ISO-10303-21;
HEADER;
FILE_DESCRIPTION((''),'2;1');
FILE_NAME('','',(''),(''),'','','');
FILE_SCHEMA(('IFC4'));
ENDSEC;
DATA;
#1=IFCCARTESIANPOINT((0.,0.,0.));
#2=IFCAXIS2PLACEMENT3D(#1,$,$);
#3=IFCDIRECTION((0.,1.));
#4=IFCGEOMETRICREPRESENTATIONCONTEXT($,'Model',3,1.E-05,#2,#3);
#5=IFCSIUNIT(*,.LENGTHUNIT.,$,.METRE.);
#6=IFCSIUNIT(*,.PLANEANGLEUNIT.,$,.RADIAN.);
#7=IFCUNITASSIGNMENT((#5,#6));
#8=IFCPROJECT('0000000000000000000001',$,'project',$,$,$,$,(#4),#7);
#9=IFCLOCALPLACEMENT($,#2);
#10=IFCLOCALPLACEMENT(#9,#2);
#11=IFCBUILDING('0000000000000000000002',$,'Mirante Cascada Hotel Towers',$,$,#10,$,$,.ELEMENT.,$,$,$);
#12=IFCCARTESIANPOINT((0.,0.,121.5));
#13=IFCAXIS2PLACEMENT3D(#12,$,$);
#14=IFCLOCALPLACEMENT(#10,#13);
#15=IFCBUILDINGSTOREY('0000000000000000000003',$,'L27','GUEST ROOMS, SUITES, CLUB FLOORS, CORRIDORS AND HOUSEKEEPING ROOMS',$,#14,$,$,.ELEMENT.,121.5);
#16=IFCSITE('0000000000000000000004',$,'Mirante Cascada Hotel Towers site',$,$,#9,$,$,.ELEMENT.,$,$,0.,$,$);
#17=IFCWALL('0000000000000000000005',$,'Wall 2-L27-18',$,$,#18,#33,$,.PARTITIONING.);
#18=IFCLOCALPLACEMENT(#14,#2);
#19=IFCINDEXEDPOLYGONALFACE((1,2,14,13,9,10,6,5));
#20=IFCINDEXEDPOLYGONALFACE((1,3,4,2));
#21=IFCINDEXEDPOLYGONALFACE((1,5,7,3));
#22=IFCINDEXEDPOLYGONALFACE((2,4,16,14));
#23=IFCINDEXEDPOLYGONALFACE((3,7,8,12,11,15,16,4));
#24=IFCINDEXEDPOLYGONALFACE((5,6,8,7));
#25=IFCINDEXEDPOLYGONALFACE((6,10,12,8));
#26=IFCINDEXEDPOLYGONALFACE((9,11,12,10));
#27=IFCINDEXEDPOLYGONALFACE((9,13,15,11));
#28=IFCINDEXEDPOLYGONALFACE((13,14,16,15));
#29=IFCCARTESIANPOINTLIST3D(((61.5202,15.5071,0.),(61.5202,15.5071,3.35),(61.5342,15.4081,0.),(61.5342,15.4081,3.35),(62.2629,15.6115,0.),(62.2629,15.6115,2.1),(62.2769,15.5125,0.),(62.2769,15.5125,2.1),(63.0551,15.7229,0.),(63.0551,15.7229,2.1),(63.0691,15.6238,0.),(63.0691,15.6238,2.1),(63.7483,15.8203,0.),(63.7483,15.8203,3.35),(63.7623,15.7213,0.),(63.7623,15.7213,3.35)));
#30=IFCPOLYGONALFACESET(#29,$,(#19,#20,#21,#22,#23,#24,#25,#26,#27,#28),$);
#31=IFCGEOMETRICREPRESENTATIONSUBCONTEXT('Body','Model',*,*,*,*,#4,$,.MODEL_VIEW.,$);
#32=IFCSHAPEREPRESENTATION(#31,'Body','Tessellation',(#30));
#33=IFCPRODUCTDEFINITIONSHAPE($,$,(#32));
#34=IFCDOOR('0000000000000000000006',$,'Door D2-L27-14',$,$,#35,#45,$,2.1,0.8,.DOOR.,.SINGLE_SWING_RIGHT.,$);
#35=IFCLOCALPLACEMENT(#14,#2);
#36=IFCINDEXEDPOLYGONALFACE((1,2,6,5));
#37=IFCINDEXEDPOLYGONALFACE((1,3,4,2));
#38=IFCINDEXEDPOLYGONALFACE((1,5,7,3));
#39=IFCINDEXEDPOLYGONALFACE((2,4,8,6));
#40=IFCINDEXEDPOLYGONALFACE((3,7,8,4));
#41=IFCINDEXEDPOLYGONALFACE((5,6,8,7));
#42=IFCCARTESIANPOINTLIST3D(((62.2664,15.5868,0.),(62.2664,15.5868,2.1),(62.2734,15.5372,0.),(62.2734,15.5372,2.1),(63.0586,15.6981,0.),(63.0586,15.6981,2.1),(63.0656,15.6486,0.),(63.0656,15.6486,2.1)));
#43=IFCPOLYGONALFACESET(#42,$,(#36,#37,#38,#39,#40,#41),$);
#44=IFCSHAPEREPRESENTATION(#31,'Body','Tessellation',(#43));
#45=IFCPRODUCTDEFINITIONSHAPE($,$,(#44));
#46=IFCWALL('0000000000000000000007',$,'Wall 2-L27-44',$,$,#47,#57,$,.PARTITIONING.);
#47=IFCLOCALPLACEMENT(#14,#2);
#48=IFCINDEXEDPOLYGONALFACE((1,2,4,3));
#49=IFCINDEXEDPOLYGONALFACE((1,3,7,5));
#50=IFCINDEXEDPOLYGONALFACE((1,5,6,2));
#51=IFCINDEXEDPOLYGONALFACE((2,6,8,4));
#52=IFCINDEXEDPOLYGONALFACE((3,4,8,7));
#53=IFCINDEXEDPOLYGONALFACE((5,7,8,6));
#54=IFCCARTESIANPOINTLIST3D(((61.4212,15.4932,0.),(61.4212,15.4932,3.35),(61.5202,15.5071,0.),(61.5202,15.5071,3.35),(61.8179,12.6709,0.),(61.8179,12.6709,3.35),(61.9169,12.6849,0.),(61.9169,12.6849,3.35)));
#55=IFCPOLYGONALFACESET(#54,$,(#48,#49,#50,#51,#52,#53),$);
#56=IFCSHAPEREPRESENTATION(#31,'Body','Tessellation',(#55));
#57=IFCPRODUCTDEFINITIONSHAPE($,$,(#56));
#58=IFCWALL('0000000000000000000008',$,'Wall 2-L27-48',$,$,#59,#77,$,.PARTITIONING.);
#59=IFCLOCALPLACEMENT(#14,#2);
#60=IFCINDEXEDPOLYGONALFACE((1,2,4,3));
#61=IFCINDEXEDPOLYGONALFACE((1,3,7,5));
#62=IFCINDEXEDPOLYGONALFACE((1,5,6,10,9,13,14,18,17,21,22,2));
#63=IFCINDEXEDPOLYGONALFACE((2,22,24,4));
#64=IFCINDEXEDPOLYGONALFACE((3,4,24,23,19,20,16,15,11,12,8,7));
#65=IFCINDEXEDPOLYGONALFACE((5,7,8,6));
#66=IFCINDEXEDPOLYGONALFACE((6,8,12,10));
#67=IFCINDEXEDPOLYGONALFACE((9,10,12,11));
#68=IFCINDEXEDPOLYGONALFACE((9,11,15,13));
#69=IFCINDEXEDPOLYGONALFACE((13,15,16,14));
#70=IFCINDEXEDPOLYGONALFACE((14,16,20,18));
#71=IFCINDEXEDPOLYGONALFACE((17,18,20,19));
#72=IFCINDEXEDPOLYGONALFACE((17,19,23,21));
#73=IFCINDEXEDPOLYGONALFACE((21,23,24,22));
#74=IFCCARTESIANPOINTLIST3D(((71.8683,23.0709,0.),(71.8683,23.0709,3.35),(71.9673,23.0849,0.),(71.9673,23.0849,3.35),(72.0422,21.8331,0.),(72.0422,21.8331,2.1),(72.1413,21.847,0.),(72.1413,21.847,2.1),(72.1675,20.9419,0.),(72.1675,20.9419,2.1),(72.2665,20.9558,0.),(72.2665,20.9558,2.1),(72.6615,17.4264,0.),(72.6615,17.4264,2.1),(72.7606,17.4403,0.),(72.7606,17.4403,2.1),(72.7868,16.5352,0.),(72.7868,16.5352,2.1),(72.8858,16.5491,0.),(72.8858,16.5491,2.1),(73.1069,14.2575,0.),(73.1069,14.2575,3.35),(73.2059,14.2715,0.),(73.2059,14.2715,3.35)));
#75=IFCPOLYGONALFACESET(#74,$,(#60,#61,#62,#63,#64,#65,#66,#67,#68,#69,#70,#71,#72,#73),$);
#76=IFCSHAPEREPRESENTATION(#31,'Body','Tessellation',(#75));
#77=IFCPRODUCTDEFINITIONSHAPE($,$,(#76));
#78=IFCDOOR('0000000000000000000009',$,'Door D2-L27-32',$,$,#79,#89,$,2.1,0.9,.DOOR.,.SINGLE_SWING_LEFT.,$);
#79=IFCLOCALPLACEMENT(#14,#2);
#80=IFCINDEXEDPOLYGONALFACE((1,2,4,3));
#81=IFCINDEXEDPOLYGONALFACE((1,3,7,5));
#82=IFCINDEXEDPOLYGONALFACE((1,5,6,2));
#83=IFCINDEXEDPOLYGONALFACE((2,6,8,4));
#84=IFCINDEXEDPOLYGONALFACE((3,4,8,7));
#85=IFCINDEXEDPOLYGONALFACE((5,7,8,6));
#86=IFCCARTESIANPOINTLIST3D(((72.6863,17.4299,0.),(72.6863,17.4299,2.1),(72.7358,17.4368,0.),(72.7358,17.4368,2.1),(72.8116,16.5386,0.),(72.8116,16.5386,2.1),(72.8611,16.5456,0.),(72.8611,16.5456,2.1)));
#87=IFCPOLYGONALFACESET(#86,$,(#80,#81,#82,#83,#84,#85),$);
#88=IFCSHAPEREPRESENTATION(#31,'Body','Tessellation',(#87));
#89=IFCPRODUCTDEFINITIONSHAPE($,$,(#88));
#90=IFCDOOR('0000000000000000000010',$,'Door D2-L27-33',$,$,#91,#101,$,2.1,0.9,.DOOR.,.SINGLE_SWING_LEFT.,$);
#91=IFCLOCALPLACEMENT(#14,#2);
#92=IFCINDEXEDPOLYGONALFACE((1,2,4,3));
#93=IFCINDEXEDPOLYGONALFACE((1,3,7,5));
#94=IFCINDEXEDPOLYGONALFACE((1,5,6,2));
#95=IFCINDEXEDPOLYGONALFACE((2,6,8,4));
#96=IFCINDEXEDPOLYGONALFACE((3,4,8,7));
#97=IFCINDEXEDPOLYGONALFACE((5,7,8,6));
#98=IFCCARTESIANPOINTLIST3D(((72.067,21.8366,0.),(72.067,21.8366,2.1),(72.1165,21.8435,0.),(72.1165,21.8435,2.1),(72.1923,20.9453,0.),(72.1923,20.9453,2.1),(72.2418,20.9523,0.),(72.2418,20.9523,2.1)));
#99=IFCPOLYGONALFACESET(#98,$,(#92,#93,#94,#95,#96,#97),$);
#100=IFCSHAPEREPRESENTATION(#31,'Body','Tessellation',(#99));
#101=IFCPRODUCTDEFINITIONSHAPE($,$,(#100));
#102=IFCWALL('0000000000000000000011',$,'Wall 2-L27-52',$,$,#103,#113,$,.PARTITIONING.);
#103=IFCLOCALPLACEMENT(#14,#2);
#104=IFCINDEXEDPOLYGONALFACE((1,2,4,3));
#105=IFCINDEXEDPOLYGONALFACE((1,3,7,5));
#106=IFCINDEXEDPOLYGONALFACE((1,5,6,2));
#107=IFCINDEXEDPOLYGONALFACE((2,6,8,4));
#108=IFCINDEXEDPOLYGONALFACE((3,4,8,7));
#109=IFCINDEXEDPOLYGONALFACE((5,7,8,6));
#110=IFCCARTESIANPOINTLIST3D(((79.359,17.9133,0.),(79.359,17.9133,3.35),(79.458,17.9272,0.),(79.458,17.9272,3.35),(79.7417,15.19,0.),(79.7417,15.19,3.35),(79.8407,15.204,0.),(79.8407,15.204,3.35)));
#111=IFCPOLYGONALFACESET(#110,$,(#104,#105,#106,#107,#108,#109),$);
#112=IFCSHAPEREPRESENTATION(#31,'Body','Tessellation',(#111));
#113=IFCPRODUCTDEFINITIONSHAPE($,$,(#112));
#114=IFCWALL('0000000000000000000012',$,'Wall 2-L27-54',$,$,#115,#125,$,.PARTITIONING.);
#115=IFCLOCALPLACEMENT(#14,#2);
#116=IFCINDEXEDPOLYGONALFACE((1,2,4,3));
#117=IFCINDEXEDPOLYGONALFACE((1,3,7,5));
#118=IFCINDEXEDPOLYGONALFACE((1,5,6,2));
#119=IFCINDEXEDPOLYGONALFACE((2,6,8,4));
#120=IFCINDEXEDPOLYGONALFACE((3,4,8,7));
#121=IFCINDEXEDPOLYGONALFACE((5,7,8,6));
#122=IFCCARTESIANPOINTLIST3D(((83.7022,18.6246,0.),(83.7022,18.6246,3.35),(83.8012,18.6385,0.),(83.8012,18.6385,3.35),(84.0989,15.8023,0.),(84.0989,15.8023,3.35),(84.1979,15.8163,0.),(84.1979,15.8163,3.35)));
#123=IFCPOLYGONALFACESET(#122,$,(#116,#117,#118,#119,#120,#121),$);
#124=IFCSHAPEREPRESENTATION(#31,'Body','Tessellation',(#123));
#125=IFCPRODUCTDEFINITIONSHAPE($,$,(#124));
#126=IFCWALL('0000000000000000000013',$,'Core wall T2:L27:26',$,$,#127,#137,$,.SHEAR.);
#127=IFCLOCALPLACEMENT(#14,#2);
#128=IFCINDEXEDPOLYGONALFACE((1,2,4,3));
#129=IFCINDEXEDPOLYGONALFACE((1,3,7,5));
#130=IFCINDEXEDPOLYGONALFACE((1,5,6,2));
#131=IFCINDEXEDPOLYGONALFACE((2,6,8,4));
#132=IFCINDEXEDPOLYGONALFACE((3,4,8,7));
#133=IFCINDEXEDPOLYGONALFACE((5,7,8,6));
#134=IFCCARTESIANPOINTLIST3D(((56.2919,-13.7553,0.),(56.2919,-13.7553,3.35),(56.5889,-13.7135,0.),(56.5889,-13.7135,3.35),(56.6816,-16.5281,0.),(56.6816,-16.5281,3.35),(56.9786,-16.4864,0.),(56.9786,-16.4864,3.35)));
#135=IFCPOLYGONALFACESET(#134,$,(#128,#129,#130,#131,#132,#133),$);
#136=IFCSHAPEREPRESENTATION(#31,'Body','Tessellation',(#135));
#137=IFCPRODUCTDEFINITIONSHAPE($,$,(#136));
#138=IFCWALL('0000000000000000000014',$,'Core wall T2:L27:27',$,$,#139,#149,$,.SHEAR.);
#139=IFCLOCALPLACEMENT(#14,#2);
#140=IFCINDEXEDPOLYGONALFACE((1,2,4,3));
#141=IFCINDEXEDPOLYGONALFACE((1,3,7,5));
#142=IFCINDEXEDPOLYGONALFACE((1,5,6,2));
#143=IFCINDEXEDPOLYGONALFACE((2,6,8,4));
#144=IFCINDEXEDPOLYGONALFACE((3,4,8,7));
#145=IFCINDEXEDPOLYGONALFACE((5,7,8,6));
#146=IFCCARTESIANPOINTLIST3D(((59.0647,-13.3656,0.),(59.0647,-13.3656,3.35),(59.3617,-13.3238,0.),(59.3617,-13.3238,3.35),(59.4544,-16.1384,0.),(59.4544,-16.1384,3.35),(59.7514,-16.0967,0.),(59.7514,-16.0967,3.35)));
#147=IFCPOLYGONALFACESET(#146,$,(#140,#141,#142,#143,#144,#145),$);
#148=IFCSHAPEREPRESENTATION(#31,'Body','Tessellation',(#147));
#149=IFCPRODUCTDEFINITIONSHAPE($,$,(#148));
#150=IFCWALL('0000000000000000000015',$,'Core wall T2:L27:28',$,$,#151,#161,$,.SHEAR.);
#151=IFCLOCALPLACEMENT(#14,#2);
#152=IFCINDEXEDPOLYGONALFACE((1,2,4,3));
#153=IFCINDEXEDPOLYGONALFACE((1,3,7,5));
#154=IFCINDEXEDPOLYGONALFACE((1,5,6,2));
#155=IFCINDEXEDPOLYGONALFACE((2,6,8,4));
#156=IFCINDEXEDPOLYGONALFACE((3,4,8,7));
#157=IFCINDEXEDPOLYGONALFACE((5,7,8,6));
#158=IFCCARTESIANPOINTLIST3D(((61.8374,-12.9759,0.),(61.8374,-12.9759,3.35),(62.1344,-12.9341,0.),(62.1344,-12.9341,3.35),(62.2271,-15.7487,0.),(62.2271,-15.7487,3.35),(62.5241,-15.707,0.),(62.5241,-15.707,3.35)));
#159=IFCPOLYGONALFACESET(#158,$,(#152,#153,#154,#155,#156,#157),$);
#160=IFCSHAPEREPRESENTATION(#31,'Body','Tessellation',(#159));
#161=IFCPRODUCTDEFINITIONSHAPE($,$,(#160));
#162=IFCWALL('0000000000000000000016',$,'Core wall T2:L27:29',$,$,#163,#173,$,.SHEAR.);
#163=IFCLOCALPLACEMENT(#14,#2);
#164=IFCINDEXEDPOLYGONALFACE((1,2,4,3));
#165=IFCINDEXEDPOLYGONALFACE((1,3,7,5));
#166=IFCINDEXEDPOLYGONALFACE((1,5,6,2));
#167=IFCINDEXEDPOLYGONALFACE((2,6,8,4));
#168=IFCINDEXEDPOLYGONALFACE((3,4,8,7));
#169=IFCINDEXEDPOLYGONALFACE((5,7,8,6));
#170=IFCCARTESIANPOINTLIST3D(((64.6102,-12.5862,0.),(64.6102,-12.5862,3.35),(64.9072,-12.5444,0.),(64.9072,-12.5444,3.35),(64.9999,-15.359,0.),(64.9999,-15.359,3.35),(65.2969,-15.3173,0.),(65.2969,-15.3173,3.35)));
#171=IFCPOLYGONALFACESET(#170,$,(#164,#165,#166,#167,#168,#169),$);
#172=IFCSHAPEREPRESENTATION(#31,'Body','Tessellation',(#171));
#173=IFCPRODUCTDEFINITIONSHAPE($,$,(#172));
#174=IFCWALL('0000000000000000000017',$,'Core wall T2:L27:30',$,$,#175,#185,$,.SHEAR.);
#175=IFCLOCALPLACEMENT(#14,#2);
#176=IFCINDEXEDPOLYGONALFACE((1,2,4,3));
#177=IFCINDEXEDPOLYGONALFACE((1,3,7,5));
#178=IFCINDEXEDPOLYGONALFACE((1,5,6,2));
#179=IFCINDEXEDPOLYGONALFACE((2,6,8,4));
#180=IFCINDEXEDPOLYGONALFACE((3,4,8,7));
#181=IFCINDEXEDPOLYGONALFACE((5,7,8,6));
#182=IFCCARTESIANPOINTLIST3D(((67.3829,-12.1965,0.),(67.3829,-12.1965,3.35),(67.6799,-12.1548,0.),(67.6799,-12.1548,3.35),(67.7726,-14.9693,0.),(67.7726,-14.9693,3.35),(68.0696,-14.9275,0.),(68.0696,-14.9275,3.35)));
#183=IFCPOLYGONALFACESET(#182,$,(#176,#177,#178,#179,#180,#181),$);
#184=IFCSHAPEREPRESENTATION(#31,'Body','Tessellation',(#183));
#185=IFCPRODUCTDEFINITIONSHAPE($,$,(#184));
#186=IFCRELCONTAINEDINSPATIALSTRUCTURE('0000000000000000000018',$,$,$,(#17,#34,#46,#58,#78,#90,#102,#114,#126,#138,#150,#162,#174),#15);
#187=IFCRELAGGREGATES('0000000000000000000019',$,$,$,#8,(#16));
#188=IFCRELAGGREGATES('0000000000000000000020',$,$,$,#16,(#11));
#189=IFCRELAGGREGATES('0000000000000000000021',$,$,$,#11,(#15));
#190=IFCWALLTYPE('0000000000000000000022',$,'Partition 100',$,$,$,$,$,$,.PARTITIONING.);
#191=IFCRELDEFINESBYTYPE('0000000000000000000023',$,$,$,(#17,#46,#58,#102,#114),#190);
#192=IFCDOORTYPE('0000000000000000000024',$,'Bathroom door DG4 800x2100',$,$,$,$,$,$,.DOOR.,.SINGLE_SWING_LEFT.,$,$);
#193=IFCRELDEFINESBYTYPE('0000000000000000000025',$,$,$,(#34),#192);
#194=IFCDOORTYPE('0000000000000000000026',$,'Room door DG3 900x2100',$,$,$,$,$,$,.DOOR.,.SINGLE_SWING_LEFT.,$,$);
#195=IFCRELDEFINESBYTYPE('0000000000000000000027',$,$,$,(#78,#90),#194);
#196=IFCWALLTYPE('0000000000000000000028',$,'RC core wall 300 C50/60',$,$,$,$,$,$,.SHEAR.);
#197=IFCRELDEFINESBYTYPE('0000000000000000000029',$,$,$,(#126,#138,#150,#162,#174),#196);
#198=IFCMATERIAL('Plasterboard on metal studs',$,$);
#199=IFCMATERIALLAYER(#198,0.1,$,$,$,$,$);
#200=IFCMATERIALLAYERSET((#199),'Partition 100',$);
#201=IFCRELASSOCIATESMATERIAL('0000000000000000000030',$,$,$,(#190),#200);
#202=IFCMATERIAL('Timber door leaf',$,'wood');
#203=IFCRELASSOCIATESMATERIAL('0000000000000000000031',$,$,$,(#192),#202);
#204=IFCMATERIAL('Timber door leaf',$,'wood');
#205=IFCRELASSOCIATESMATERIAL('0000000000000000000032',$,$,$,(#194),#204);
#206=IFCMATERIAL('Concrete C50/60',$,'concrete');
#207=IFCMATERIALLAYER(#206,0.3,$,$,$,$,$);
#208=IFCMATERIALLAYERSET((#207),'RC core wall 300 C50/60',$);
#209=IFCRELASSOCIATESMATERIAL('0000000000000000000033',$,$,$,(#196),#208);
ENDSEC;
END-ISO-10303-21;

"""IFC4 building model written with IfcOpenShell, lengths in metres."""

from ifc_helpers import new_model, si_unit, direction, frame, frame_2d, origin, place, context, subcontext, project, spatial, rectangle, extrude, material, layer, layer_set, type_object, element, fill, save


model = new_model("IFC4")

# Units and contexts
model_context = context("Model", 3, precision=1e-05, world=origin(), true_north=direction((0.0, 1.0)))
body_context = subcontext(model_context, "Body", "Model", "MODEL_VIEW")
ifc_project = project(units=[si_unit("LENGTHUNIT", "METRE"), si_unit("PLANEANGLEUNIT", "RADIAN")], contexts=[model_context])

# Site, building, storey
site_placement = place(None, origin())
site = spatial("IfcSite", under=ifc_project, at=site_placement, Name="Mirante Cascada Hotel Towers site", CompositionType="ELEMENT", RefElevation=0.0)
building_placement = place(site_placement, origin())
building = spatial("IfcBuilding", under=site, at=building_placement, Name="Mirante Cascada Hotel Towers", CompositionType="ELEMENT")
storey_placement = place(building_placement, frame((0.0, 0.0, 121.5)))
storey = spatial("IfcBuildingStorey", under=building, at=storey_placement, Name="L27", Description="GUEST ROOMS, SUITES, CLUB FLOORS, CORRIDORS AND HOUSEKEEPING ROOMS", CompositionType="ELEMENT", Elevation=121.5)

# Wall, opening, door
ifc_material_1 = material(Name="Plasterboard on metal studs")
ifc_layer_1 = layer(ifc_material_1, 0.1)
ifc_layer_set_1 = layer_set([ifc_layer_1], Name="Partition 100")
wall_type_1 = type_object("IfcWallType", Name="Partition 100", PredefinedType="PARTITIONING", material=ifc_layer_set_1)
wall_1_placement = place(storey_placement, frame((61.5272, 15.4576, 0.0), z_axis=(0.0, 0.0, 1.0), x_axis=(0.990264, 0.1392, 0.0)))
wall_1 = element("IfcWall", 1, at=wall_1_placement, inside=storey, type_object=wall_type_1, Name="Wall 2-L27-18", PredefinedType="PARTITIONING", context=body_context, shape_type="SweptSolid", body=[
    extrude(rectangle(XDim=2.25, YDim=0.1, at=frame_2d((1.125, 0.0))), origin(), (0.0, 0.0, 1.0), 3.35),
])
opening_1_placement = place(wall_1_placement, frame((0.75, 0.0, 0.0)))
opening_1 = element("IfcOpeningElement", 2, at=opening_1_placement, cuts=wall_1, PredefinedType="OPENING", context=body_context, shape_type="SweptSolid", body=[
    extrude(rectangle(XDim=0.8, YDim=2.1, at=frame_2d((0.4, 1.05))), frame((0.0, 0.05, 0.0), z_axis=(0.0, -1.0, 0.0), x_axis=(1.0, 0.0, 0.0)), (0.0, 0.0, 1.0), 0.1),
])
ifc_material_2 = material(Name="Timber door leaf", Category="wood")
door_type_1 = type_object("IfcDoorType", Name="Bathroom door DG4 800x2100", OperationType="SINGLE_SWING_LEFT", PredefinedType="DOOR", material=ifc_material_2)
door_1_placement = place(opening_1_placement, frame((0.8, 0.0, 0.0), z_axis=(0.0, 0.0, 1.0), x_axis=(-1.0, 0.0, 0.0)))
door_1 = element("IfcDoor", 3, at=door_1_placement, inside=storey, type_object=door_type_1, Name="Door D2-L27-14", OperationType="SINGLE_SWING_RIGHT", OverallHeight=2.1, OverallWidth=0.8, PredefinedType="DOOR", context=body_context, shape_type="SweptSolid", body=[
    extrude(rectangle(XDim=0.8, YDim=2.1, at=frame_2d((0.4, 1.05))), frame((0.0, 0.025, 0.0), z_axis=(0.0, -1.0, 0.0), x_axis=(1.0, 0.0, 0.0)), (0.0, 0.0, 1.0), 0.05),
])
fill(opening_1, door_1)

# Wall
wall_2_placement = place(storey_placement, frame((61.8674, 12.6779, 0.0), z_axis=(0.0, 0.0, 1.0), x_axis=(-0.139191, 0.990266, 0.0)))
element("IfcWall", 4, at=wall_2_placement, inside=storey, type_object=wall_type_1, Name="Wall 2-L27-44", PredefinedType="PARTITIONING", context=body_context, shape_type="SweptSolid", body=[
    extrude(rectangle(XDim=2.85, YDim=0.1, at=frame_2d((1.425, 0.0))), origin(), (0.0, 0.0, 1.0), 3.35),
])

# Wall, openings, doors
wall_3_placement = place(storey_placement, frame((73.1564, 14.2645, 0.0), z_axis=(0.0, 0.0, 1.0), x_axis=(-0.139168, 0.990269, 0.0)))
wall_3 = element("IfcWall", 5, at=wall_3_placement, inside=storey, type_object=wall_type_1, Name="Wall 2-L27-48", PredefinedType="PARTITIONING", context=body_context, shape_type="SweptSolid", body=[
    extrude(rectangle(XDim=8.9, YDim=0.1, at=frame_2d((4.45, 0.0))), origin(), (0.0, 0.0, 1.0), 3.35),
])
opening_2_placement = place(wall_3_placement, frame((2.3, 0.0, 0.0)))
opening_2 = element("IfcOpeningElement", 6, at=opening_2_placement, cuts=wall_3, PredefinedType="OPENING", context=body_context, shape_type="SweptSolid", body=[
    extrude(rectangle(XDim=0.9, YDim=2.1, at=frame_2d((0.45, 1.05))), frame((0.0, 0.05, 0.0), z_axis=(0.0, -1.0, 0.0), x_axis=(1.0, 0.0, 0.0)), (0.0, 0.0, 1.0), 0.1),
])
opening_3_placement = place(wall_3_placement, frame((6.75, 0.0, 0.0)))
opening_3 = element("IfcOpeningElement", 7, at=opening_3_placement, cuts=wall_3, PredefinedType="OPENING", context=body_context, shape_type="SweptSolid", body=[
    extrude(rectangle(XDim=0.9, YDim=2.1, at=frame_2d((0.45, 1.05))), frame((0.0, 0.05, 0.0), z_axis=(0.0, -1.0, 0.0), x_axis=(1.0, 0.0, 0.0)), (0.0, 0.0, 1.0), 0.1),
])
ifc_material_3 = material(Name="Timber door leaf", Category="wood")
door_type_2 = type_object("IfcDoorType", Name="Room door DG3 900x2100", OperationType="SINGLE_SWING_LEFT", PredefinedType="DOOR", material=ifc_material_3)
door_2_placement = place(opening_2_placement, origin())
door_2 = element("IfcDoor", 8, at=door_2_placement, inside=storey, type_object=door_type_2, Name="Door D2-L27-32", OperationType="SINGLE_SWING_LEFT", OverallHeight=2.1, OverallWidth=0.9, PredefinedType="DOOR", context=body_context, shape_type="SweptSolid", body=[
    extrude(rectangle(XDim=0.9, YDim=2.1, at=frame_2d((0.45, 1.05))), frame((0.0, 0.025, 0.0), z_axis=(0.0, -1.0, 0.0), x_axis=(1.0, 0.0, 0.0)), (0.0, 0.0, 1.0), 0.05),
])
fill(opening_2, door_2)
door_3_placement = place(opening_3_placement, origin())
door_3 = element("IfcDoor", 9, at=door_3_placement, inside=storey, type_object=door_type_2, Name="Door D2-L27-33", OperationType="SINGLE_SWING_LEFT", OverallHeight=2.1, OverallWidth=0.9, PredefinedType="DOOR", context=body_context, shape_type="SweptSolid", body=[
    extrude(rectangle(XDim=0.9, YDim=2.1, at=frame_2d((0.45, 1.05))), frame((0.0, 0.025, 0.0), z_axis=(0.0, -1.0, 0.0), x_axis=(1.0, 0.0, 0.0)), (0.0, 0.0, 1.0), 0.05),
])
fill(opening_3, door_3)

# Walls
wall_4_placement = place(storey_placement, frame((79.7912, 15.197, 0.0), z_axis=(0.0, 0.0, 1.0), x_axis=(-0.139166, 0.990269, 0.0)))
element("IfcWall", 10, at=wall_4_placement, inside=storey, type_object=wall_type_1, Name="Wall 2-L27-52", PredefinedType="PARTITIONING", context=body_context, shape_type="SweptSolid", body=[
    extrude(rectangle(XDim=2.75, YDim=0.1, at=frame_2d((1.375, 0.0))), origin(), (0.0, 0.0, 1.0), 3.35),
])
wall_5_placement = place(storey_placement, frame((84.1484, 15.8093, 0.0), z_axis=(0.0, 0.0, 1.0), x_axis=(-0.139191, 0.990266, 0.0)))
element("IfcWall", 11, at=wall_5_placement, inside=storey, type_object=wall_type_1, Name="Wall 2-L27-54", PredefinedType="PARTITIONING", context=body_context, shape_type="SweptSolid", body=[
    extrude(rectangle(XDim=2.85, YDim=0.1, at=frame_2d((1.425, 0.0))), origin(), (0.0, 0.0, 1.0), 3.35),
])
ifc_material_4 = material(Name="Concrete C50/60", Category="concrete")
ifc_layer_2 = layer(ifc_material_4, 0.3)
ifc_layer_set_2 = layer_set([ifc_layer_2], Name="RC core wall 300 C50/60")
wall_type_2 = type_object("IfcWallType", Name="RC core wall 300 C50/60", PredefinedType="SHEAR", material=ifc_layer_set_2)
for number, where, z_axis, x_axis, name in (
    (12, (56.8301, -16.5072, 0.0), (0.0, 0.0, 1.0), (-0.139176, 0.990268, 0.0), "Core wall T2:L27:26"),
    (13, (59.6029, -16.1175, 0.0), (0.0, 0.0, 1.0), (-0.139176, 0.990268, 0.0), "Core wall T2:L27:27"),
    (14, (62.3756, -15.7278, 0.0), (0.0, 0.0, 1.0), (-0.139176, 0.990268, 0.0), "Core wall T2:L27:28"),
    (15, (65.1484, -15.3381, 0.0), (0.0, 0.0, 1.0), (-0.139176, 0.990268, 0.0), "Core wall T2:L27:29"),
):
    element("IfcWall", number, at=place(storey_placement, frame(where, z_axis=z_axis, x_axis=x_axis)), inside=storey, type_object=wall_type_2, Name=name, PredefinedType="SHEAR", context=body_context, shape_type="SweptSolid", body=[
        extrude(rectangle(XDim=2.8001, YDim=0.3, at=frame_2d((1.4, 0.0))), origin(), (0.0, 0.0, 1.0), 3.35),
    ])
wall_6_placement = place(storey_placement, frame((67.9211, -14.9484, 0.0), z_axis=(0.0, 0.0, 1.0), x_axis=(-0.139181, 0.990267, 0.0)))
element("IfcWall", 16, at=wall_6_placement, inside=storey, type_object=wall_type_2, Name="Core wall T2:L27:30", PredefinedType="SHEAR", context=body_context, shape_type="SweptSolid", body=[
    extrude(rectangle(XDim=2.8, YDim=0.3, at=frame_2d((1.4, 0.0))), origin(), (0.0, 0.0, 1.0), 3.35),
])

save(model, "model.ifc")
